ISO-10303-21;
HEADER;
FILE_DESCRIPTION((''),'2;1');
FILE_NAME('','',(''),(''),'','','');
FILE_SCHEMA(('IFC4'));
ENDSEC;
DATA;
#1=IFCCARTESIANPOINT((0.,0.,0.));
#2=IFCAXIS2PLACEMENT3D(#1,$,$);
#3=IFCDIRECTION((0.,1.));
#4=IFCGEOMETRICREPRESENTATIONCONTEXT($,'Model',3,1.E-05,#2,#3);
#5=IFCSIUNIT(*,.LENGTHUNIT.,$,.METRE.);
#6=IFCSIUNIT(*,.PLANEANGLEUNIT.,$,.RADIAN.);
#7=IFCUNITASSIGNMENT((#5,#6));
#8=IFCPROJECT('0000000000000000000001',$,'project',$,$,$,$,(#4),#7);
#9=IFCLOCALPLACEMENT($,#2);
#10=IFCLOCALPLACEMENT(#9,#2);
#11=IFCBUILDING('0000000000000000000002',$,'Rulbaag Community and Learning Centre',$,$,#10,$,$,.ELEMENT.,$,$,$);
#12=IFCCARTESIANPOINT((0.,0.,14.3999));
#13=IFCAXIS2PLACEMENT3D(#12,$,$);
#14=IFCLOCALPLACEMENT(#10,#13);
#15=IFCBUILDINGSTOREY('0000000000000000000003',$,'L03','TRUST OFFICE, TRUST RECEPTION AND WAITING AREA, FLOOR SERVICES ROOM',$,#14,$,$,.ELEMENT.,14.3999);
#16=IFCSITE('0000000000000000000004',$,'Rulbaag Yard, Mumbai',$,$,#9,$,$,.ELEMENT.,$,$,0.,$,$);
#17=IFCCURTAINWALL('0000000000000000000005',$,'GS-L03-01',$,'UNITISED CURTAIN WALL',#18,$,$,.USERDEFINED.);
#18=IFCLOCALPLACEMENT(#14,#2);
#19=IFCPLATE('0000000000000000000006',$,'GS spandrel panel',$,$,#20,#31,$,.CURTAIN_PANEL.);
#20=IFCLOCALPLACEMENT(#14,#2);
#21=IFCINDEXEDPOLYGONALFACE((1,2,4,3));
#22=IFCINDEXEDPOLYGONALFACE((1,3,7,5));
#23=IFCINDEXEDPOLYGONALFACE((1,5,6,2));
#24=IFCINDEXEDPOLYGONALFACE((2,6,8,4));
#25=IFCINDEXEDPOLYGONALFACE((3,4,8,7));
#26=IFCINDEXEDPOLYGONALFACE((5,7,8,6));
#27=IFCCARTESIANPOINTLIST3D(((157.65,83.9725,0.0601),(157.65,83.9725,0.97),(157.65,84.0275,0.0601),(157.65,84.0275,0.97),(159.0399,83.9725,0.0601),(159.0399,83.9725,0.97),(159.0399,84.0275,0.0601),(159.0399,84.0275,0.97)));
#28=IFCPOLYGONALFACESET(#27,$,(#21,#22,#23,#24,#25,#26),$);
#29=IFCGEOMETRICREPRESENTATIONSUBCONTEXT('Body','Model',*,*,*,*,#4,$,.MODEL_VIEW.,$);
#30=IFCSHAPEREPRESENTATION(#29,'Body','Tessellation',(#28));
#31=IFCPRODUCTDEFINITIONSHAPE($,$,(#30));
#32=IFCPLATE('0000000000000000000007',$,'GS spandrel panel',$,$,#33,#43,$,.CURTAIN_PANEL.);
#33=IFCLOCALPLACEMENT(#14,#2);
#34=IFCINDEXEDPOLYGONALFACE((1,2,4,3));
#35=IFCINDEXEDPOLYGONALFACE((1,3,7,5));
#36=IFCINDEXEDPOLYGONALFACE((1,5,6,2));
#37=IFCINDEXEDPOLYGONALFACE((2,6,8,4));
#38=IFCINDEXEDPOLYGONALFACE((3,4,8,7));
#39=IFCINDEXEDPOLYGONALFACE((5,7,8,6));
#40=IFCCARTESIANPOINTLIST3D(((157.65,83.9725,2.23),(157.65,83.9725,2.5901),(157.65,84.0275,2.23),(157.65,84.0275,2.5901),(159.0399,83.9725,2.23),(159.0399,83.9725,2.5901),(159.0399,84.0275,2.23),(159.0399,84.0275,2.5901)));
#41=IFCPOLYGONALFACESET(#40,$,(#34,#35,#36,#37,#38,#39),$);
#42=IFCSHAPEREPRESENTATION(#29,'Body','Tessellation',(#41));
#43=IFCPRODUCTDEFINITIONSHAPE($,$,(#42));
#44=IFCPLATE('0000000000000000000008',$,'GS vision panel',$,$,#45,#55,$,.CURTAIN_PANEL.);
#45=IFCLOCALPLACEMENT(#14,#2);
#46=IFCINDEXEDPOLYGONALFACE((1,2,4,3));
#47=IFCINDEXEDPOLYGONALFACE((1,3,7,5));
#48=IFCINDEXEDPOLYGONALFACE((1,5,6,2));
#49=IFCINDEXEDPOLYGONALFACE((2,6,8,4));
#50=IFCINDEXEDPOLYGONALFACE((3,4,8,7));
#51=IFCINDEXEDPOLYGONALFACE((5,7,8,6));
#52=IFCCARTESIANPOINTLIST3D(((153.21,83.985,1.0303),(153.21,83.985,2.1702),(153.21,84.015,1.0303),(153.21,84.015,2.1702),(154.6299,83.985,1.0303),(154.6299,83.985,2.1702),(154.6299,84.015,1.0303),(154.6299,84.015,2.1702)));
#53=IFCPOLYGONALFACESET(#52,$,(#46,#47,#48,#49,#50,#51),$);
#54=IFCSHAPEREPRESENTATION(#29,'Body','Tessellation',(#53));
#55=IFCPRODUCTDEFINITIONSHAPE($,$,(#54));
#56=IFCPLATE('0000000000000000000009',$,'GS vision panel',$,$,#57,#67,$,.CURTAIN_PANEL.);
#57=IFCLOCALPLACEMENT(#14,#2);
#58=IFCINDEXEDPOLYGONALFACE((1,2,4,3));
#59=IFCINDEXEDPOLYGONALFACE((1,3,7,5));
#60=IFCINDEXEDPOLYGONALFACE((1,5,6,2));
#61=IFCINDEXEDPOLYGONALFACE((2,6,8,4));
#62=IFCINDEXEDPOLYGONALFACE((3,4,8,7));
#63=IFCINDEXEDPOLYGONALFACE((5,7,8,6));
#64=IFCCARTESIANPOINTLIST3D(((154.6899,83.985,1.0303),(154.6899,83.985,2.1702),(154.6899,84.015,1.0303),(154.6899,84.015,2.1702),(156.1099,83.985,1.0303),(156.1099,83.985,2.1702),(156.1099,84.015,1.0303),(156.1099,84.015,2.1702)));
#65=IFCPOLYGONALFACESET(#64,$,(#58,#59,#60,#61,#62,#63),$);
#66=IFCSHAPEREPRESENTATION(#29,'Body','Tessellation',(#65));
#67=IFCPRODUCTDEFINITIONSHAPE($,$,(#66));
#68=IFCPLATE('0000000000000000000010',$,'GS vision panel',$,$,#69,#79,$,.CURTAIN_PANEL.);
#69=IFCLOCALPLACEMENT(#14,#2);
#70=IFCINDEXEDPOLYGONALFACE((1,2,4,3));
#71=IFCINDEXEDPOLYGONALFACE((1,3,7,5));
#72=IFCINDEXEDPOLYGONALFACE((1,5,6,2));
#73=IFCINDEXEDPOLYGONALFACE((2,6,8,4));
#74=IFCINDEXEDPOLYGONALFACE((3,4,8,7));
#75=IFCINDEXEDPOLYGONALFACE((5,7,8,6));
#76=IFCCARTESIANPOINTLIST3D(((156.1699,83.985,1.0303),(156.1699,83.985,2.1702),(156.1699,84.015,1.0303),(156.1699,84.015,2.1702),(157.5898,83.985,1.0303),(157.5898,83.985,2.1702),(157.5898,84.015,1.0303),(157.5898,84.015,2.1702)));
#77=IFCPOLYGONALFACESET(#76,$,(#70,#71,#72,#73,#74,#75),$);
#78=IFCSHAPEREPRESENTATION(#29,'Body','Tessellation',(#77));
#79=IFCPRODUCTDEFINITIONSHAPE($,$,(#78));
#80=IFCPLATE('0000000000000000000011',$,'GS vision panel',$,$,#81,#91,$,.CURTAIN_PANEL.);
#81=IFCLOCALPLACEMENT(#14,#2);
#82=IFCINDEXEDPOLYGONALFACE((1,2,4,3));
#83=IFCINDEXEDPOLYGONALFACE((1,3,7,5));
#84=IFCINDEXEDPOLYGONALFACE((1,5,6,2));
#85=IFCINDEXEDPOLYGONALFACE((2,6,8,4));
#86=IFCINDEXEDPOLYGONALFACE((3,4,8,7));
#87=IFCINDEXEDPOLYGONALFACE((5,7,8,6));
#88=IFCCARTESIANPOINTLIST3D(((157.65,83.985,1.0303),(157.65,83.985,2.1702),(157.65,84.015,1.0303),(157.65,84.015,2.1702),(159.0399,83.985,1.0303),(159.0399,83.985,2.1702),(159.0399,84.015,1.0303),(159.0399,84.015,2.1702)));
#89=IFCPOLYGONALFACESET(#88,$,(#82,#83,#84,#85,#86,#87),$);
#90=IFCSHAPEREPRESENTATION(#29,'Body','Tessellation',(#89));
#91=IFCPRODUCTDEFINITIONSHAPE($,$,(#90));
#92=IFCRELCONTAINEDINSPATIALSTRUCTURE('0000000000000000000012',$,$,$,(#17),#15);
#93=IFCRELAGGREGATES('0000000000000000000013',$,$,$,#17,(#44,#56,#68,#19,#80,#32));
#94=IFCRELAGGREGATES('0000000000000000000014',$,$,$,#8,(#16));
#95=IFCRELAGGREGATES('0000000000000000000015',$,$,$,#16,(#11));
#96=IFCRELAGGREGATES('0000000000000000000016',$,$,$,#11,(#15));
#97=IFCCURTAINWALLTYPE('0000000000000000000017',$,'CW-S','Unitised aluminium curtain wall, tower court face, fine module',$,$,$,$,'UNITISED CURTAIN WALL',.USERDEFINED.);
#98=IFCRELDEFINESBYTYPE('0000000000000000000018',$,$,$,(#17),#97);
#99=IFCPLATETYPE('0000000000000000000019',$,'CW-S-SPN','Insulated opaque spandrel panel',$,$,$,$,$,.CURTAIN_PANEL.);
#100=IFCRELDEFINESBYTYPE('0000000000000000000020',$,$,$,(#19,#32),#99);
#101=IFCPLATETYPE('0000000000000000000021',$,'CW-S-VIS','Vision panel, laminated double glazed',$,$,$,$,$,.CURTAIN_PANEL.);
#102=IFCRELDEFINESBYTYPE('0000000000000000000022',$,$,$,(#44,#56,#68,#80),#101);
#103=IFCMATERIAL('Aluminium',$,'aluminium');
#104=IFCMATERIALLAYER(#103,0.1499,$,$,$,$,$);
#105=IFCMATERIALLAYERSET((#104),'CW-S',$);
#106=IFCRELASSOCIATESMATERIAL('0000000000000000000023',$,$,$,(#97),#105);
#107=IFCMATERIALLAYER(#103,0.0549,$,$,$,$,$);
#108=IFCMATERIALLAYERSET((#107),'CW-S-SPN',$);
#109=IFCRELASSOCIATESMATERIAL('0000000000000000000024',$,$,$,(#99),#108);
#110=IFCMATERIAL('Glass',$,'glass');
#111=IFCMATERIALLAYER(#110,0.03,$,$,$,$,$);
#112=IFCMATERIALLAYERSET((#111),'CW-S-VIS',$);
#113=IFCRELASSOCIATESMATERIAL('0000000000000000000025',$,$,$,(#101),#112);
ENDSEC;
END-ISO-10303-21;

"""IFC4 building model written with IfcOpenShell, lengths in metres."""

from ifc_helpers import new_model, si_unit, direction, frame, origin, origin_2d, place, context, subcontext, project, spatial, rectangle, extrude, material, layer, layer_set, type_object, element, aggregate, save


model = new_model("IFC4")

# Units and contexts
model_context = context("Model", 3, precision=1e-05, world=origin(), true_north=direction((0.0, 1.0)))
body_context = subcontext(model_context, "Body", "Model", "MODEL_VIEW")
ifc_project = project(units=[si_unit("LENGTHUNIT", "METRE"), si_unit("PLANEANGLEUNIT", "RADIAN")], contexts=[model_context])

# Site, building, storey
site_placement = place(None, origin())
site = spatial("IfcSite", under=ifc_project, at=site_placement, Name="Rulbaag Yard, Mumbai", CompositionType="ELEMENT", RefElevation=0.0)
building_placement = place(site_placement, origin())
building = spatial("IfcBuilding", under=site, at=building_placement, Name="Rulbaag Community and Learning Centre", CompositionType="ELEMENT")
storey_placement = place(building_placement, frame((0.0, 0.0, 14.3999)))
storey = spatial("IfcBuildingStorey", under=building, at=storey_placement, Name="L03", Description="TRUST OFFICE, TRUST RECEPTION AND WAITING AREA, FLOOR SERVICES ROOM", CompositionType="ELEMENT", Elevation=14.3999)

# Curtain wall
ifc_material_1 = material(Name="Aluminium", Category="aluminium")
ifc_layer_1 = layer(ifc_material_1, 0.1499)
ifc_layer_set_1 = layer_set([ifc_layer_1], Name="CW-S")
curtain_wall_type = type_object("IfcCurtainWallType", Name="CW-S", Description="Unitised aluminium curtain wall, tower court face, fine module", ElementType="UNITISED CURTAIN WALL", PredefinedType="USERDEFINED", material=ifc_layer_set_1)
curtain_wall_1_placement = place(storey_placement, origin())
curtain_wall_1 = element("IfcCurtainWall", 1, at=curtain_wall_1_placement, inside=storey, type_object=curtain_wall_type, Name="GS-L03-01", ObjectType="UNITISED CURTAIN WALL", PredefinedType="USERDEFINED")

# Plates
ifc_layer_2 = layer(ifc_material_1, 0.0549)
ifc_layer_set_2 = layer_set([ifc_layer_2], Name="CW-S-SPN")
plate_type_1 = type_object("IfcPlateType", Name="CW-S-SPN", Description="Insulated opaque spandrel panel", PredefinedType="CURTAIN_PANEL", material=ifc_layer_set_2)
plate_1_placement = place(storey_placement, frame((158.345, 84.0, 0.0601), z_axis=(0.0, 0.0, 1.0), x_axis=(1.0, 0.0, 0.0)))
plate_1 = element("IfcPlate", 2, at=plate_1_placement, type_object=plate_type_1, Name="GS spandrel panel", PredefinedType="CURTAIN_PANEL", context=body_context, shape_type="SweptSolid", body=[
    extrude(rectangle(XDim=1.3899, YDim=0.0549, at=origin_2d()), origin(), (0.0, 0.0, 1.0), 0.9099),
])
plate_2_placement = place(storey_placement, frame((158.345, 84.0, 2.23), z_axis=(0.0, 0.0, 1.0), x_axis=(1.0, 0.0, 0.0)))
plate_2 = element("IfcPlate", 3, at=plate_2_placement, type_object=plate_type_1, Name="GS spandrel panel", PredefinedType="CURTAIN_PANEL", context=body_context, shape_type="SweptSolid", body=[
    extrude(rectangle(XDim=1.3899, YDim=0.0549, at=origin_2d()), origin(), (0.0, 0.0, 1.0), 0.3601),
])
ifc_material_2 = material(Name="Glass", Category="glass")
ifc_layer_3 = layer(ifc_material_2, 0.03)
ifc_layer_set_3 = layer_set([ifc_layer_3], Name="CW-S-VIS")
plate_type_2 = type_object("IfcPlateType", Name="CW-S-VIS", Description="Vision panel, laminated double glazed", PredefinedType="CURTAIN_PANEL", material=ifc_layer_set_3)
plate_3_placement = place(storey_placement, frame((153.9199, 84.0, 1.0303), z_axis=(0.0, 0.0, 1.0), x_axis=(1.0, 0.0, 0.0)))
plate_3 = element("IfcPlate", 4, at=plate_3_placement, type_object=plate_type_2, Name="GS vision panel", PredefinedType="CURTAIN_PANEL", context=body_context, shape_type="SweptSolid", body=[
    extrude(rectangle(XDim=1.4199, YDim=0.03, at=origin_2d()), origin(), (0.0, 0.0, 1.0), 1.1399),
])
plate_4_placement = place(storey_placement, frame((155.3999, 84.0, 1.0303), z_axis=(0.0, 0.0, 1.0), x_axis=(1.0, 0.0, 0.0)))
plate_4 = element("IfcPlate", 5, at=plate_4_placement, type_object=plate_type_2, Name="GS vision panel", PredefinedType="CURTAIN_PANEL", context=body_context, shape_type="SweptSolid", body=[
    extrude(rectangle(XDim=1.4199, YDim=0.03, at=origin_2d()), origin(), (0.0, 0.0, 1.0), 1.1399),
])
plate_5_placement = place(storey_placement, frame((156.8799, 84.0, 1.0303), z_axis=(0.0, 0.0, 1.0), x_axis=(1.0, 0.0, 0.0)))
plate_5 = element("IfcPlate", 6, at=plate_5_placement, type_object=plate_type_2, Name="GS vision panel", PredefinedType="CURTAIN_PANEL", context=body_context, shape_type="SweptSolid", body=[
    extrude(rectangle(XDim=1.4199, YDim=0.03, at=origin_2d()), origin(), (0.0, 0.0, 1.0), 1.1399),
])
plate_6_placement = place(storey_placement, frame((158.345, 84.0, 1.0303), z_axis=(0.0, 0.0, 1.0), x_axis=(1.0, 0.0, 0.0)))
plate_6 = element("IfcPlate", 7, at=plate_6_placement, type_object=plate_type_2, Name="GS vision panel", PredefinedType="CURTAIN_PANEL", context=body_context, shape_type="SweptSolid", body=[
    extrude(rectangle(XDim=1.3899, YDim=0.03, at=origin_2d()), origin(), (0.0, 0.0, 1.0), 1.1399),
])
aggregate(curtain_wall_1, [plate_3, plate_4, plate_5, plate_1, plate_6, plate_2])

save(model, "model.ifc")
